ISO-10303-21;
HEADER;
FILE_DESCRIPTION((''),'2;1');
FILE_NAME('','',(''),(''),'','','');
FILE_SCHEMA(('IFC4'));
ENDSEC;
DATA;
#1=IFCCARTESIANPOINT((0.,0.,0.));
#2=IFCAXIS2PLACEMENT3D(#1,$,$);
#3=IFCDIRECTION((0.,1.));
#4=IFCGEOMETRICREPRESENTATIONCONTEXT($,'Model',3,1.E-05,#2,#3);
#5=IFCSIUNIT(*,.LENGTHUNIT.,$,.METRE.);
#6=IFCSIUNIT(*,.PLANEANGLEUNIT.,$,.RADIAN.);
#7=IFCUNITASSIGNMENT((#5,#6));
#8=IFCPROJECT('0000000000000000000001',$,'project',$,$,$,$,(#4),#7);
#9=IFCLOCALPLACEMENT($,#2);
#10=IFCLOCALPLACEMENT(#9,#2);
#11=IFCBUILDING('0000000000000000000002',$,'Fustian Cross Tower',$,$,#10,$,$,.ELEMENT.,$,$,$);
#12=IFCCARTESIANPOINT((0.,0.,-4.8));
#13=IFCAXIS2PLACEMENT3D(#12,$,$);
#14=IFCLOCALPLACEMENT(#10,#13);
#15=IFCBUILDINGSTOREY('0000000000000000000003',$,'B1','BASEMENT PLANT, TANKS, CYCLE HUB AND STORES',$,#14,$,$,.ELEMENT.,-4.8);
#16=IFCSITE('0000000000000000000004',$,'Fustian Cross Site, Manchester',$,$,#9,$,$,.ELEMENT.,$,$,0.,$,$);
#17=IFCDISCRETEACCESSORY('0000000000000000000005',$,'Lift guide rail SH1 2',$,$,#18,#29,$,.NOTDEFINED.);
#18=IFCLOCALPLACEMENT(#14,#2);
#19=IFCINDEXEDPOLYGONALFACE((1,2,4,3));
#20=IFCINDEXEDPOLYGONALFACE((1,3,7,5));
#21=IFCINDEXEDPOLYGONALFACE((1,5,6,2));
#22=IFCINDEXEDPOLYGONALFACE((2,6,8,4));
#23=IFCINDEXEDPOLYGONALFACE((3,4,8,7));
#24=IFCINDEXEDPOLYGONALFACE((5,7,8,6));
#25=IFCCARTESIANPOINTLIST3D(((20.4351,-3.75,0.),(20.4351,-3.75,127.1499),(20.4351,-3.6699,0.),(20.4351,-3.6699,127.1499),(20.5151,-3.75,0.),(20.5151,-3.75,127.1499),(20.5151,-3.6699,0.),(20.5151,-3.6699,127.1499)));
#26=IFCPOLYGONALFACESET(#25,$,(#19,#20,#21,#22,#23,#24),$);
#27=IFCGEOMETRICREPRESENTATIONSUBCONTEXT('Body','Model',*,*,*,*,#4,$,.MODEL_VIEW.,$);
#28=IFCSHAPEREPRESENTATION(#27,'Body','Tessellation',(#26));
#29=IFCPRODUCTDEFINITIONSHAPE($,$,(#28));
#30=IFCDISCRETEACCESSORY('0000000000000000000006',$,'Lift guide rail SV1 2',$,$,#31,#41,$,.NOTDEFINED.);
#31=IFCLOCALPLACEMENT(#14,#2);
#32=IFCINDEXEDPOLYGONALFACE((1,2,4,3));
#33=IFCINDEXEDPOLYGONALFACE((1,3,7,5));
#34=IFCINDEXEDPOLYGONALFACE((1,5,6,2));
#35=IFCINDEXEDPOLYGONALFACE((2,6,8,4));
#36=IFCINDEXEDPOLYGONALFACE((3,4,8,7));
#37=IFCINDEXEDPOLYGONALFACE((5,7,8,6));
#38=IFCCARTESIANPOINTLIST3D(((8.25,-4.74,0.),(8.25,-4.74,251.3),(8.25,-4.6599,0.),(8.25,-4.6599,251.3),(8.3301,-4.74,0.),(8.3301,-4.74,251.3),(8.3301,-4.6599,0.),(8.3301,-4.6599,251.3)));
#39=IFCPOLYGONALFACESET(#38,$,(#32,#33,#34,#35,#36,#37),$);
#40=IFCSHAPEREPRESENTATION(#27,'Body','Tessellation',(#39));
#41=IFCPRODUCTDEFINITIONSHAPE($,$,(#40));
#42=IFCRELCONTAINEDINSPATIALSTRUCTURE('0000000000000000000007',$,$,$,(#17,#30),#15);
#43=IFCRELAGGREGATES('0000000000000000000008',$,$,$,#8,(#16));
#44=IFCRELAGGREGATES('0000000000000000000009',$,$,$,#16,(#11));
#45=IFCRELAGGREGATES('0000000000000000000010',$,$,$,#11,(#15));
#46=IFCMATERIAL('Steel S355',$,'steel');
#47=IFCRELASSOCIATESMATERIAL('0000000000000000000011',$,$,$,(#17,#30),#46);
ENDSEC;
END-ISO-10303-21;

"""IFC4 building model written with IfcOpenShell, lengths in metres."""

from ifc_helpers import new_model, si_unit, direction, frame, origin, origin_2d, place, context, subcontext, project, spatial, rectangle, extrude, material, element, save


model = new_model("IFC4")

# Units and contexts
model_context = context("Model", 3, precision=1e-05, world=origin(), true_north=direction((0.0, 1.0)))
body_context = subcontext(model_context, "Body", "Model", "MODEL_VIEW")
ifc_project = project(units=[si_unit("LENGTHUNIT", "METRE"), si_unit("PLANEANGLEUNIT", "RADIAN")], contexts=[model_context])

# Site, building, storey
site_placement = place(None, origin())
site = spatial("IfcSite", under=ifc_project, at=site_placement, Name="Fustian Cross Site, Manchester", CompositionType="ELEMENT", RefElevation=0.0)
building_placement = place(site_placement, origin())
building = spatial("IfcBuilding", under=site, at=building_placement, Name="Fustian Cross Tower", CompositionType="ELEMENT")
storey_placement = place(building_placement, frame((0.0, 0.0, -4.8)))
storey = spatial("IfcBuildingStorey", under=building, at=storey_placement, Name="B1", Description="BASEMENT PLANT, TANKS, CYCLE HUB AND STORES", CompositionType="ELEMENT", Elevation=-4.8)

# Discrete accessories
ifc_material_1 = material(Name="Steel S355", Category="steel")
for number, where, z_axis, x_axis, name in (
    (1, (20.4751, -3.71, 0.0), (0.0, 0.0, 1.0), (1.0, 0.0, 0.0), "Lift guide rail SH1 2"),
):
    element("IfcDiscreteAccessory", number, at=place(storey_placement, frame(where, z_axis=z_axis, x_axis=x_axis)), inside=storey, material=ifc_material_1, Name=name, PredefinedType="NOTDEFINED", context=body_context, shape_type="SweptSolid", body=[
        extrude(rectangle(XDim=0.0801, YDim=0.0801, at=origin_2d()), origin(), (0.0, 0.0, 1.0), 127.1499),
    ])
discrete_accessory_placement = place(storey_placement, frame((8.29, -4.7, 0.0), z_axis=(0.0, 0.0, 1.0), x_axis=(1.0, 0.0, 0.0)))
element("IfcDiscreteAccessory", 2, at=discrete_accessory_placement, inside=storey, material=ifc_material_1, Name="Lift guide rail SV1 2", PredefinedType="NOTDEFINED", context=body_context, shape_type="SweptSolid", body=[
    extrude(rectangle(XDim=0.0801, YDim=0.0801, at=origin_2d()), origin(), (0.0, 0.0, 1.0), 251.3),
])

save(model, "model.ifc")
